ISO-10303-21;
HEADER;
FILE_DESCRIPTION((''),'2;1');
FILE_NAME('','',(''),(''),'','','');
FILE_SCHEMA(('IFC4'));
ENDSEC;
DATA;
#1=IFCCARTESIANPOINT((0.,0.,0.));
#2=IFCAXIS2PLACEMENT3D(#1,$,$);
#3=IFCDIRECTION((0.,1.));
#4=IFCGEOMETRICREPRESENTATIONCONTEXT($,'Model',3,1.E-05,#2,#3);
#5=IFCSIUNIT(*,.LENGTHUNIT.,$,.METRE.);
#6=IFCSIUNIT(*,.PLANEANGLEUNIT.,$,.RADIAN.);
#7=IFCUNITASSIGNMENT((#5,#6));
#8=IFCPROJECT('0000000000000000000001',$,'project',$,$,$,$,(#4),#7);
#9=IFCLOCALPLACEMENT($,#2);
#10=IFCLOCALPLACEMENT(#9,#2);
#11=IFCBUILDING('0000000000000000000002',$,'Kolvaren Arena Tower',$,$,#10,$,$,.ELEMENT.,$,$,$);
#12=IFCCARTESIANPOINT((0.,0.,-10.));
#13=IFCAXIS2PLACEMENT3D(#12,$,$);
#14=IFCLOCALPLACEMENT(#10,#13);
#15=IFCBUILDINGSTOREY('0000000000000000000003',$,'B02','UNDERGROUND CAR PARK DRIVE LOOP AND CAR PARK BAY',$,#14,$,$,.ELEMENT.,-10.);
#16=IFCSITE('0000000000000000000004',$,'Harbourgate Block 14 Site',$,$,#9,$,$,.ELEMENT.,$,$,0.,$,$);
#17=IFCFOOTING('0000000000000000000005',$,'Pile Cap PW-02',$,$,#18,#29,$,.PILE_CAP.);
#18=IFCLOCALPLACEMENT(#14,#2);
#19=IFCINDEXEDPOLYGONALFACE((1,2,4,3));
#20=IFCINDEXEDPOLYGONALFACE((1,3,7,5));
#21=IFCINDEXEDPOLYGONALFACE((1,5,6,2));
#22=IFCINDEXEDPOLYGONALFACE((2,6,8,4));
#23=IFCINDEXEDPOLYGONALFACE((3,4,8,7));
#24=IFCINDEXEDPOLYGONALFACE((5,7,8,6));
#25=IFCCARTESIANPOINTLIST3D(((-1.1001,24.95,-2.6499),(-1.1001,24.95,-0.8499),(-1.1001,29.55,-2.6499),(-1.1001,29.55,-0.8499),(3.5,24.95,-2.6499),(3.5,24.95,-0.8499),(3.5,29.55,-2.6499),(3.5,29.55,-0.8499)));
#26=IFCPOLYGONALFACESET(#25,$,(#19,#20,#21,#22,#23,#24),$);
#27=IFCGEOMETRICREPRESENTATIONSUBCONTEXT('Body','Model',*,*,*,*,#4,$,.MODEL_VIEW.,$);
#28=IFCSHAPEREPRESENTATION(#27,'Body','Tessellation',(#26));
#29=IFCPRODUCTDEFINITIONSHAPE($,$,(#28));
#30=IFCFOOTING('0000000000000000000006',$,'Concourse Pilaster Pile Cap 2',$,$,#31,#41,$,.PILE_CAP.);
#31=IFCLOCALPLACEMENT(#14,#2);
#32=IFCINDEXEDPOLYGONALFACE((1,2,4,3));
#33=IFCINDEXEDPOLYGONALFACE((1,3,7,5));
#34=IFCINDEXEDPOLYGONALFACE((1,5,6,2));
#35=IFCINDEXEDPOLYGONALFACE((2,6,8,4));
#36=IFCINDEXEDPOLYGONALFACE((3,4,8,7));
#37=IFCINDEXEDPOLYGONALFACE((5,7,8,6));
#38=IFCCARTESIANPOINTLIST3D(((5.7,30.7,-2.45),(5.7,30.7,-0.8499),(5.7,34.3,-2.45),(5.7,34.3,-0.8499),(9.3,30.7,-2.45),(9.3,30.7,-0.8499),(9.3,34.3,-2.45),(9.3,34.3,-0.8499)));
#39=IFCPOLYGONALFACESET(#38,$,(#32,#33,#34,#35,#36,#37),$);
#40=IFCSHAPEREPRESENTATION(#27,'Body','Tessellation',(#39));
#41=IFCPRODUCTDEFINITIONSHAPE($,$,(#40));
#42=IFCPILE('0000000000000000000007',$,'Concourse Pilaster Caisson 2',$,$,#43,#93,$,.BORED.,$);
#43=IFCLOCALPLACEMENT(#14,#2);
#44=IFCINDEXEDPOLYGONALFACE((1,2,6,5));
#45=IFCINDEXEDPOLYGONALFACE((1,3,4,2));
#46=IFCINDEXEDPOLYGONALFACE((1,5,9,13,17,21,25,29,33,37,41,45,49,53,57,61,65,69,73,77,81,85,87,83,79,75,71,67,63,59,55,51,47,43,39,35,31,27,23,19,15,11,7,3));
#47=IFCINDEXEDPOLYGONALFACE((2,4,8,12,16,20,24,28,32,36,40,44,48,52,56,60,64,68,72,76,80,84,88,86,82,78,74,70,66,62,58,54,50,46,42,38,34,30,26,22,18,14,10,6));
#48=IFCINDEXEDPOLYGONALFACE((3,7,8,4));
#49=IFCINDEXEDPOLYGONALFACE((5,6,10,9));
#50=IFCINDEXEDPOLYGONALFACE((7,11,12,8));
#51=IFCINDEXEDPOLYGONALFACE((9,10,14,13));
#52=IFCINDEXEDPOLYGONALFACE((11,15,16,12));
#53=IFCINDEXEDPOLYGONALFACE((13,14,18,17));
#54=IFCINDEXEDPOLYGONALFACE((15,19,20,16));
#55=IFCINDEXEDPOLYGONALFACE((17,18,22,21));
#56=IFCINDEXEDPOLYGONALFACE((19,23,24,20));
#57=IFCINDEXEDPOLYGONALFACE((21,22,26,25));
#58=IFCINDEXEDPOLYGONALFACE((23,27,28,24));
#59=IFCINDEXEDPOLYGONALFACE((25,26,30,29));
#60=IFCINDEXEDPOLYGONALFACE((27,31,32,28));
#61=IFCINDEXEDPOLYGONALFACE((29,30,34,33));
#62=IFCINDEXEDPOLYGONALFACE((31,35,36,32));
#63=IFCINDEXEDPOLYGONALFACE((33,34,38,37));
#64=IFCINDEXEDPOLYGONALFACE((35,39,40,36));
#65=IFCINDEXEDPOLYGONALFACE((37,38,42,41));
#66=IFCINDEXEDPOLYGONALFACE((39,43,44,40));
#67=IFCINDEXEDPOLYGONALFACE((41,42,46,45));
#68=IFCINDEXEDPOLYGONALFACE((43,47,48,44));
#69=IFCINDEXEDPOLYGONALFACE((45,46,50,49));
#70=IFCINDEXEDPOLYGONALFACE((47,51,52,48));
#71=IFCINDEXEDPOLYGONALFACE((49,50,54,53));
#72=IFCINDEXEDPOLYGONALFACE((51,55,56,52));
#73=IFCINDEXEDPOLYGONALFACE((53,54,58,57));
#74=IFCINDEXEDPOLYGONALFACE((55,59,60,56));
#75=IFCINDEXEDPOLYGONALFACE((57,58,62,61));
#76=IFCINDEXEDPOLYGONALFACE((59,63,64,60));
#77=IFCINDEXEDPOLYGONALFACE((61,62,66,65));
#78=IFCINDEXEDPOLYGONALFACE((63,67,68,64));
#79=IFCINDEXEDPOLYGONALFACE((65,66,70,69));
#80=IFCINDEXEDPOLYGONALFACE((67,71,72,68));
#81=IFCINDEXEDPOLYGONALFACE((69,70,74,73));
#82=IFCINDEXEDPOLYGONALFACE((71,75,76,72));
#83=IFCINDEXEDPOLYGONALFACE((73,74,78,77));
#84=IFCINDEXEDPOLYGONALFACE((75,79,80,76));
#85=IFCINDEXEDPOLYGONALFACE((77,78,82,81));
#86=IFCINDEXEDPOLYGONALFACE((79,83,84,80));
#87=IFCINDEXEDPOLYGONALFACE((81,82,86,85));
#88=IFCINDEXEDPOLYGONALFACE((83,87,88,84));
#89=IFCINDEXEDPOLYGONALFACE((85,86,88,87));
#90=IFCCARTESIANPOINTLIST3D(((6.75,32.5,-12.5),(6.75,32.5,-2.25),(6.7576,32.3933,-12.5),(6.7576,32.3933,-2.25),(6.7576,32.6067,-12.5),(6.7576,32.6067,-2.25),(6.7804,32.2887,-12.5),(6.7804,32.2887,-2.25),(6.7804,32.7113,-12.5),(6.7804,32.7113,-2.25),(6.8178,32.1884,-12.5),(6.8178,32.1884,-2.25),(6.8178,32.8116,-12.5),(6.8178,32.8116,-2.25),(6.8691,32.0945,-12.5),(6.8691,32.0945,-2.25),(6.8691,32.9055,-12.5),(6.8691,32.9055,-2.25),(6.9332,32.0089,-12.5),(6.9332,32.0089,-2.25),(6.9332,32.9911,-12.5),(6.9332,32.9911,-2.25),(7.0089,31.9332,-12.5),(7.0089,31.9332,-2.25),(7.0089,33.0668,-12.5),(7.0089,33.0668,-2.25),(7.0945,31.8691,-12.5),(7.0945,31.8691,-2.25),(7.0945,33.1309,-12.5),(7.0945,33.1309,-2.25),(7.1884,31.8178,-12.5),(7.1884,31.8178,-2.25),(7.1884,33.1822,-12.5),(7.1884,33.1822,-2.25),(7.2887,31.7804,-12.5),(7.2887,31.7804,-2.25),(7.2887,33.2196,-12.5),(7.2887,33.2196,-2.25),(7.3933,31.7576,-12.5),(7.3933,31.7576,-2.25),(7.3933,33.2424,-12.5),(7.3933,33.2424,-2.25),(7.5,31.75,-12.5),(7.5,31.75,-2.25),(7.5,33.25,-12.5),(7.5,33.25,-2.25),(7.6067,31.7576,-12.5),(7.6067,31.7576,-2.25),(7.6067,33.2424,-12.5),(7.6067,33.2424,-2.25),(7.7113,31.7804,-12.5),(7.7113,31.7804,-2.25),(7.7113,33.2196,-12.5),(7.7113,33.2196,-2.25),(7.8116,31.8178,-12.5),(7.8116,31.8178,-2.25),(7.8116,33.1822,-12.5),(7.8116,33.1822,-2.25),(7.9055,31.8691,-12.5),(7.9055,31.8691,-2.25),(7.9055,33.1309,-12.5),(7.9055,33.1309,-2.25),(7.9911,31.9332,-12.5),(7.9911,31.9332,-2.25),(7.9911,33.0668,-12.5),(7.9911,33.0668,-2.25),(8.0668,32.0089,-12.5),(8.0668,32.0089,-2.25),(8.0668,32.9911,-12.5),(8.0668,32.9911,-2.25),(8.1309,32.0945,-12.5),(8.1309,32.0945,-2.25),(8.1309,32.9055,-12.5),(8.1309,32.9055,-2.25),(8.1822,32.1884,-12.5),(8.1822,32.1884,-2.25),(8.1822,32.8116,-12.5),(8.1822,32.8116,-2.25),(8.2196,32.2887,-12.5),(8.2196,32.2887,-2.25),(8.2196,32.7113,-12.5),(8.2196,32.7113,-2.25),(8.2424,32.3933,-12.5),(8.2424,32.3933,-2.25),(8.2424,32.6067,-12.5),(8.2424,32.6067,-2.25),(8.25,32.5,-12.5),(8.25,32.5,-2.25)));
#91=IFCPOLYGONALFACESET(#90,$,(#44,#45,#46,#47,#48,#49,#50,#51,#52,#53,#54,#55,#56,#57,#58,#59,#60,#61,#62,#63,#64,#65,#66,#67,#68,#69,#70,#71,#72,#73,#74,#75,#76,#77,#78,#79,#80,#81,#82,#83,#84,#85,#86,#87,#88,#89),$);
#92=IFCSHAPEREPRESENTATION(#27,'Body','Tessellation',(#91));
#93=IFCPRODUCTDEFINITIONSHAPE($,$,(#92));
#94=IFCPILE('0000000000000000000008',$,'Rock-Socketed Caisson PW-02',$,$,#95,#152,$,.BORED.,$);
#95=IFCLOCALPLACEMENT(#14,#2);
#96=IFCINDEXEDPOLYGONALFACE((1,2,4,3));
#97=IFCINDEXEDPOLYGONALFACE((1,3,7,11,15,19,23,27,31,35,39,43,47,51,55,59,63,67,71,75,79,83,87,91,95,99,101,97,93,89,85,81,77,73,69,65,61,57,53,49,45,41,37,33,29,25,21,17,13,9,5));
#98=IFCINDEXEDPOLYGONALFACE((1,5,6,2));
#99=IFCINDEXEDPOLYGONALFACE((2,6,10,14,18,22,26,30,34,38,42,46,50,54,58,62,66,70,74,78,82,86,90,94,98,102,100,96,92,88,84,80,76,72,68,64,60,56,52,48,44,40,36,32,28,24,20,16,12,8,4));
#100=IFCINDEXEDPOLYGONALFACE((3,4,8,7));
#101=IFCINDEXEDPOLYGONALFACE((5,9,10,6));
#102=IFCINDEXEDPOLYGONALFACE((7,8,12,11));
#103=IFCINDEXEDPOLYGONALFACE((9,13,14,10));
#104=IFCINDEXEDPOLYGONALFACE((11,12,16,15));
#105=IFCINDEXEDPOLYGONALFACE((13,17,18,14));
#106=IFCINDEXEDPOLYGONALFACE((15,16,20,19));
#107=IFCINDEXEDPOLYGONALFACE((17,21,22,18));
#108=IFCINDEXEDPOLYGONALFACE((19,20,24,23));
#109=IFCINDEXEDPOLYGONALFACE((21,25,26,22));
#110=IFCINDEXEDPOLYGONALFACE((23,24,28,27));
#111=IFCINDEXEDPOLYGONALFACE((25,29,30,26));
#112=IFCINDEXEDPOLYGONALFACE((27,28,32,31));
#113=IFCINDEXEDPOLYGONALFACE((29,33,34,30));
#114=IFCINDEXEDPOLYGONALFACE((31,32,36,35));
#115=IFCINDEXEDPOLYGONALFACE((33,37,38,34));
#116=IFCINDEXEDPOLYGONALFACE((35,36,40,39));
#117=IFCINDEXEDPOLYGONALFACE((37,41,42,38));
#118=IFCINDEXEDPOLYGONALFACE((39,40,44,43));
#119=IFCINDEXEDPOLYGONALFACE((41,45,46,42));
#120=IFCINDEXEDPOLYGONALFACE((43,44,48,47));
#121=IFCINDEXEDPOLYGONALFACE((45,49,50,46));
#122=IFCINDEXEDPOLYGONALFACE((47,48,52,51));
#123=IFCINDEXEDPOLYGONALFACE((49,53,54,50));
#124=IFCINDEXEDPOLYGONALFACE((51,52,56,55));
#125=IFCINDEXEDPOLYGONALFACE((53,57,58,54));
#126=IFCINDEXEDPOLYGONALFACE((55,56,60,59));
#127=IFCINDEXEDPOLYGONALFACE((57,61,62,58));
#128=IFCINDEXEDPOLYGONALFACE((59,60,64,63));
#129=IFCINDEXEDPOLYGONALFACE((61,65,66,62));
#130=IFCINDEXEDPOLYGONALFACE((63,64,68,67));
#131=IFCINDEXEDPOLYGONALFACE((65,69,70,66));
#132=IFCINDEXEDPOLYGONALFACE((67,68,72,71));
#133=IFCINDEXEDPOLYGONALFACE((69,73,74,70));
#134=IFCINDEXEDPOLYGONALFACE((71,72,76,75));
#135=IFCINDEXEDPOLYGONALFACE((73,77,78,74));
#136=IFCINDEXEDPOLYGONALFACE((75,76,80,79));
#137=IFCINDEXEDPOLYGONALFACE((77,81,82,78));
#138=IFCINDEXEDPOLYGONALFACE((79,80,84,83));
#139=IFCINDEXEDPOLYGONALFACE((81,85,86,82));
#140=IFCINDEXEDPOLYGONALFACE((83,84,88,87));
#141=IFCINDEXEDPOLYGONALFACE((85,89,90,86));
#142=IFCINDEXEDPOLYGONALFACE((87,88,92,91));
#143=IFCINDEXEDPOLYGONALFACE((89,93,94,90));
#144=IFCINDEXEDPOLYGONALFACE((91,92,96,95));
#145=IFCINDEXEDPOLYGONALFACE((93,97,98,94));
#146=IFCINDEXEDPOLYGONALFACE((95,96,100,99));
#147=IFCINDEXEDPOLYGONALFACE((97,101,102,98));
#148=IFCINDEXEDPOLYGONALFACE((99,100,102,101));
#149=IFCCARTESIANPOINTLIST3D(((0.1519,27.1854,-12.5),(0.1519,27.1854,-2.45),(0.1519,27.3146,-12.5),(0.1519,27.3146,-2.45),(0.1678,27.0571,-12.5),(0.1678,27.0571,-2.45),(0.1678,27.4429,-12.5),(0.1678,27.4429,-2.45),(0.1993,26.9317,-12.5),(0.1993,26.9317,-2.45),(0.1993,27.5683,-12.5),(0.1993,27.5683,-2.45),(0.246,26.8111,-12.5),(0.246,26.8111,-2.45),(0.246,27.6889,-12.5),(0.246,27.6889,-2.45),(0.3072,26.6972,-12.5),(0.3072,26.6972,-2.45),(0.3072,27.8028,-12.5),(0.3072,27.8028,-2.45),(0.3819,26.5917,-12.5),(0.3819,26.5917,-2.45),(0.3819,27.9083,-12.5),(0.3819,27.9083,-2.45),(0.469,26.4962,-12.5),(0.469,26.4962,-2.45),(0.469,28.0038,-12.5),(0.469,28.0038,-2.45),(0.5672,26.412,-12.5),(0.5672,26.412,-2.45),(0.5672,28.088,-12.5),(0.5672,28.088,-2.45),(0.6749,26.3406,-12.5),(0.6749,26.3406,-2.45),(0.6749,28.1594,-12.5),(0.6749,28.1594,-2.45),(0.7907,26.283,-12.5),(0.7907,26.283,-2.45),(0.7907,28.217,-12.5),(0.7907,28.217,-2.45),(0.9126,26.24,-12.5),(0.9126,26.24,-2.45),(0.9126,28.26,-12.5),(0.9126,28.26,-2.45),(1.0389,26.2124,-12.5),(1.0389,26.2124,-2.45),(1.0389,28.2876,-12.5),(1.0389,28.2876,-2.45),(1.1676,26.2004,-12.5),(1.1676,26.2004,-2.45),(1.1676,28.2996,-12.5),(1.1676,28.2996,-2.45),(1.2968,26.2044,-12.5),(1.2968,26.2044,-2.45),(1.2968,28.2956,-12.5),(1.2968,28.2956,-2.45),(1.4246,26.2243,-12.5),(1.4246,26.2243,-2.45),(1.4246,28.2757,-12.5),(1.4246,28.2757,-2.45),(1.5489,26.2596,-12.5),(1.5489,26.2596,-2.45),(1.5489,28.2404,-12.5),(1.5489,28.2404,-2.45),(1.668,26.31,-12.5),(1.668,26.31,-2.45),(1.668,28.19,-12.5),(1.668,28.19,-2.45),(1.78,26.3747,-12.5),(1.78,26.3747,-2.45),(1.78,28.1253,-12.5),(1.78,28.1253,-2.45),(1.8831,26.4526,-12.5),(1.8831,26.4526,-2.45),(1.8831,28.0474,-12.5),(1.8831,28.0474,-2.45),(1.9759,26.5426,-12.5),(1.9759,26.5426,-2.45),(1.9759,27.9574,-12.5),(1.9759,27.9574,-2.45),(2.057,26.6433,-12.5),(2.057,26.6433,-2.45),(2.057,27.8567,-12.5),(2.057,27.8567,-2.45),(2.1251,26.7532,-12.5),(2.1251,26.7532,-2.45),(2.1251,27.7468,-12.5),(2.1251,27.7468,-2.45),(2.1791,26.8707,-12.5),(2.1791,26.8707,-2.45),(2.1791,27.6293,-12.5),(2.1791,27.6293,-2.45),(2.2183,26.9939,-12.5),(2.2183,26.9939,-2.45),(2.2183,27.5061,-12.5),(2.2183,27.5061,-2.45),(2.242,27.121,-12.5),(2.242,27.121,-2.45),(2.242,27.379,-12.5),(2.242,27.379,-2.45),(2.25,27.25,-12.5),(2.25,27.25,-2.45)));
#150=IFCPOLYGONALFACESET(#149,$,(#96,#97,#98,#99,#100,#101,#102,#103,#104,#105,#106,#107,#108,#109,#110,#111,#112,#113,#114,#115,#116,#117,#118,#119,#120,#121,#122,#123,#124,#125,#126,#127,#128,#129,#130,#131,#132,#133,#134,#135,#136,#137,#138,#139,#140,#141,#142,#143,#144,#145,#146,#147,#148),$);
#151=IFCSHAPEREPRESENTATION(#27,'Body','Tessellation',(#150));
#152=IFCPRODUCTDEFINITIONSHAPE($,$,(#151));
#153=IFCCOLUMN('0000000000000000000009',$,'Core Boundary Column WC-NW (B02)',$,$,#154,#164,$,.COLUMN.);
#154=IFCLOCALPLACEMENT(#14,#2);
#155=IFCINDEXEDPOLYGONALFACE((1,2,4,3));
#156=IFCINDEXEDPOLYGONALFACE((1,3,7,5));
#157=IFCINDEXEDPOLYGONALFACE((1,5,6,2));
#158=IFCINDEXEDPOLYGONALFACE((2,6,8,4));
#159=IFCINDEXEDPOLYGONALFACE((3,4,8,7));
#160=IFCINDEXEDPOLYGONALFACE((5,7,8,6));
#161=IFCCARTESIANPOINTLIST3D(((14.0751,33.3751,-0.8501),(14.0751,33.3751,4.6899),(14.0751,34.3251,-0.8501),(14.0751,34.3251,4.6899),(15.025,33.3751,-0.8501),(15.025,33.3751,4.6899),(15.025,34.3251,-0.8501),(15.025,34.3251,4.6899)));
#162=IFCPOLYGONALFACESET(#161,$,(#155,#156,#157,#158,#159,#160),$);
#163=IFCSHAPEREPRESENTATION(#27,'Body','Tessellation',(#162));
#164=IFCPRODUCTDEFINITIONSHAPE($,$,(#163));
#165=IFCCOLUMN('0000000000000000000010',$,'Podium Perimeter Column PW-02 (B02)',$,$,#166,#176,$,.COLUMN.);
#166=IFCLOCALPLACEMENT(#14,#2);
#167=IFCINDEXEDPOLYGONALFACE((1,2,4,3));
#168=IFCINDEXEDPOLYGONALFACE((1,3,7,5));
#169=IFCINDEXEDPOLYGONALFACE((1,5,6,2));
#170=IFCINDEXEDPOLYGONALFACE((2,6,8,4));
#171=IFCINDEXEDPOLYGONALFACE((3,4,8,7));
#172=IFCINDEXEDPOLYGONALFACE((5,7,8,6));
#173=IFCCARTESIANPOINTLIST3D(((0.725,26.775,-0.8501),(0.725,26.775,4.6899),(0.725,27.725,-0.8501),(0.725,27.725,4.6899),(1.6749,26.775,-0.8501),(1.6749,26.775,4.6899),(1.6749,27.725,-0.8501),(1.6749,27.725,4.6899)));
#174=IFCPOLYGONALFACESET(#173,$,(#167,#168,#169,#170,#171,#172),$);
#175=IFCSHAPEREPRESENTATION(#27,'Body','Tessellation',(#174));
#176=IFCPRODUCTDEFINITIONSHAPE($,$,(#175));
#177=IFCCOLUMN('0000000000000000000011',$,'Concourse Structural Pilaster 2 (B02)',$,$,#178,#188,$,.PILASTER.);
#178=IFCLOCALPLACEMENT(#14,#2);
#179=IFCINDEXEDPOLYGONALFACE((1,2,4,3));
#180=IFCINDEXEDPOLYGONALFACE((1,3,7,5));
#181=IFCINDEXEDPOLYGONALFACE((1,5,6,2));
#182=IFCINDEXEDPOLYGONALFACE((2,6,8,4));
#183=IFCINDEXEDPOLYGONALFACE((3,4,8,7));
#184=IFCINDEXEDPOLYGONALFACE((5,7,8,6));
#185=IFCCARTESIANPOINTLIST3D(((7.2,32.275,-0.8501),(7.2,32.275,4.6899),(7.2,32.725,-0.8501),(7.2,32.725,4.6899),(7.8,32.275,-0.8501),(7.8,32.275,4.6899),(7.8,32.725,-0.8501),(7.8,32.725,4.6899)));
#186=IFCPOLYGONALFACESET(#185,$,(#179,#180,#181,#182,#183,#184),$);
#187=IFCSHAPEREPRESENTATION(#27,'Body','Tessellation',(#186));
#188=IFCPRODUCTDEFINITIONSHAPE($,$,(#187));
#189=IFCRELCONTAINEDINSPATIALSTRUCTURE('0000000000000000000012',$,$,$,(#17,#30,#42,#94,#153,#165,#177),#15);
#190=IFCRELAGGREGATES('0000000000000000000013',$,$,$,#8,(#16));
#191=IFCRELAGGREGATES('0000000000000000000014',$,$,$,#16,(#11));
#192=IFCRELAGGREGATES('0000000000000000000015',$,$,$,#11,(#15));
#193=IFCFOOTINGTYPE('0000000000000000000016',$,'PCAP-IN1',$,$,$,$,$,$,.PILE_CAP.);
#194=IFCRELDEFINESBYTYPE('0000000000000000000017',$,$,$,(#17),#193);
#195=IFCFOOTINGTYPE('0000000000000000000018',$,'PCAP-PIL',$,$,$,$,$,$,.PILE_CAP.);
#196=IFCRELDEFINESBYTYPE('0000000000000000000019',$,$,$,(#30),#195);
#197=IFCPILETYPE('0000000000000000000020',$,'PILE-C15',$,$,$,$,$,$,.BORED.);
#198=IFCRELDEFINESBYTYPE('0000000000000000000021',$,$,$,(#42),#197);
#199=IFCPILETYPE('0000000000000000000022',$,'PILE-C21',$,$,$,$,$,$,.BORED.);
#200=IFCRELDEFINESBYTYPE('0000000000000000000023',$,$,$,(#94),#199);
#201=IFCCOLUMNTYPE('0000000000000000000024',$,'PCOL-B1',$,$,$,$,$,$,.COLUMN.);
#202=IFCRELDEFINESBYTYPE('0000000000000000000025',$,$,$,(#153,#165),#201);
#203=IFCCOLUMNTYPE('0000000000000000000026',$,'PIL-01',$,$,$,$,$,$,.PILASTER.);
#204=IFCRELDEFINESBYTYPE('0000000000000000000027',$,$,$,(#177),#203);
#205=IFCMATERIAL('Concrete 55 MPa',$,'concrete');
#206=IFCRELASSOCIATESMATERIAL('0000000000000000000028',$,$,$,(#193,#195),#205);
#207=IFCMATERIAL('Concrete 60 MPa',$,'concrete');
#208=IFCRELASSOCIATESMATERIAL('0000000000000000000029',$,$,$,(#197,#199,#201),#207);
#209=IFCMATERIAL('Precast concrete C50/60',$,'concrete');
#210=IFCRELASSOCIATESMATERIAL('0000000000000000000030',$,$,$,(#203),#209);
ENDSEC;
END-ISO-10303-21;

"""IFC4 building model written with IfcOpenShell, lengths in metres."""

from ifc_helpers import new_model, si_unit, direction, frame, origin, origin_2d, place, context, subcontext, project, spatial, rectangle, circle, extrude, material, material_profile, profile_set, type_object, element, save


model = new_model("IFC4")

# Units and contexts
model_context = context("Model", 3, precision=1e-05, world=origin(), true_north=direction((0.0, 1.0)))
body_context = subcontext(model_context, "Body", "Model", "MODEL_VIEW")
ifc_project = project(units=[si_unit("LENGTHUNIT", "METRE"), si_unit("PLANEANGLEUNIT", "RADIAN")], contexts=[model_context])

# Site, building, storey
site_placement = place(None, origin())
site = spatial("IfcSite", under=ifc_project, at=site_placement, Name="Harbourgate Block 14 Site", CompositionType="ELEMENT", RefElevation=0.0)
building_placement = place(site_placement, origin())
building = spatial("IfcBuilding", under=site, at=building_placement, Name="Kolvaren Arena Tower", CompositionType="ELEMENT")
storey_placement = place(building_placement, frame((0.0, 0.0, -10.0)))
storey = spatial("IfcBuildingStorey", under=building, at=storey_placement, Name="B02", Description="UNDERGROUND CAR PARK DRIVE LOOP AND CAR PARK BAY", CompositionType="ELEMENT", Elevation=-10.0)

# Footings
ifc_material_1 = material(Name="Concrete 55 MPa", Category="concrete")
footing_type_1 = type_object("IfcFootingType", Name="PCAP-IN1", PredefinedType="PILE_CAP", material=ifc_material_1)
footing_1_placement = place(storey_placement, frame((1.2, 27.25, -2.6499), z_axis=(0.0, 0.0, 1.0), x_axis=(1.0, 0.0, 0.0)))
element("IfcFooting", 1, at=footing_1_placement, inside=storey, type_object=footing_type_1, Name="Pile Cap PW-02", PredefinedType="PILE_CAP", context=body_context, shape_type="SweptSolid", body=[
    extrude(rectangle(XDim=4.6001, YDim=4.6001, at=origin_2d()), origin(), (0.0, 0.0, 1.0), 1.8),
])
footing_type_2 = type_object("IfcFootingType", Name="PCAP-PIL", PredefinedType="PILE_CAP", material=ifc_material_1)
footing_2_placement = place(storey_placement, frame((7.5, 32.5, -2.45), z_axis=(0.0, 0.0, 1.0), x_axis=(1.0, 0.0, 0.0)))
element("IfcFooting", 2, at=footing_2_placement, inside=storey, type_object=footing_type_2, Name="Concourse Pilaster Pile Cap 2", PredefinedType="PILE_CAP", context=body_context, shape_type="SweptSolid", body=[
    extrude(rectangle(XDim=3.6001, YDim=3.6001, at=origin_2d()), origin(), (0.0, 0.0, 1.0), 1.6001),
])

# Piles
ifc_material_2 = material(Name="Concrete 60 MPa", Category="concrete")
ifc_material_profile_1 = material_profile(ifc_material_2, circle(Radius=0.75, at=origin_2d()), Name="CAISSON-D1500")
ifc_profile_set_1 = profile_set([ifc_material_profile_1], Name="Concrete 60 MPa")
pile_type_1 = type_object("IfcPileType", Name="PILE-C15", PredefinedType="BORED", material=ifc_profile_set_1)
pile_1_placement = place(storey_placement, frame((7.5, 32.5, -2.25), z_axis=(0.0, 0.0, -1.0), x_axis=(1.0, 0.0, 0.0)))
element("IfcPile", 3, at=pile_1_placement, inside=storey, type_object=pile_type_1, Name="Concourse Pilaster Caisson 2", PredefinedType="BORED", context=body_context, shape_type="SweptSolid", body=[
    extrude(circle(Radius=0.75, at=origin_2d()), origin(), (0.0, 0.0, 1.0), 10.25),
])
ifc_material_profile_2 = material_profile(ifc_material_2, circle(Radius=1.05, at=origin_2d()), Name="CAISSON-D2100")
ifc_profile_set_2 = profile_set([ifc_material_profile_2], Name="Concrete 60 MPa")
pile_type_2 = type_object("IfcPileType", Name="PILE-C21", PredefinedType="BORED", material=ifc_profile_set_2)
pile_2_placement = place(storey_placement, frame((1.2, 27.25, -2.45), z_axis=(0.0, 0.0, -1.0), x_axis=(1.0, 0.0, 0.0)))
element("IfcPile", 4, at=pile_2_placement, inside=storey, type_object=pile_type_2, Name="Rock-Socketed Caisson PW-02", PredefinedType="BORED", context=body_context, shape_type="SweptSolid", body=[
    extrude(circle(Radius=1.05, at=origin_2d()), origin(), (0.0, 0.0, 1.0), 10.05),
])

# Columns
ifc_material_profile_3 = material_profile(ifc_material_2, rectangle(XDim=0.95, YDim=0.95, at=origin_2d()), Name="RC-950x950")
ifc_profile_set_3 = profile_set([ifc_material_profile_3], Name="Concrete 60 MPa")
column_type_1 = type_object("IfcColumnType", Name="PCOL-B1", PredefinedType="COLUMN", material=ifc_profile_set_3)
for number, where, z_axis, x_axis, name in (
    (5, (14.55, 33.8501, -0.8501), (0.0, 0.0, 1.0), (1.0, 0.0, 0.0), "Core Boundary Column WC-NW (B02)"),
    (6, (1.2, 27.25, -0.8501), (0.0, 0.0, 1.0), (1.0, 0.0, 0.0), "Podium Perimeter Column PW-02 (B02)"),
):
    element("IfcColumn", number, at=place(storey_placement, frame(where, z_axis=z_axis, x_axis=x_axis)), inside=storey, type_object=column_type_1, Name=name, PredefinedType="COLUMN", context=body_context, shape_type="SweptSolid", body=[
        extrude(rectangle(XDim=0.95, YDim=0.95, at=origin_2d()), origin(), (0.0, 0.0, 1.0), 5.54),
    ])
ifc_material_3 = material(Name="Precast concrete C50/60", Category="concrete")
ifc_material_profile_4 = material_profile(ifc_material_3, rectangle(XDim=0.6001, YDim=0.45, at=origin_2d()), Name="RC-600x450")
ifc_profile_set_4 = profile_set([ifc_material_profile_4], Name="Precast concrete C50/60")
column_type_2 = type_object("IfcColumnType", Name="PIL-01", PredefinedType="PILASTER", material=ifc_profile_set_4)
column_placement = place(storey_placement, frame((7.5, 32.5, -0.8501), z_axis=(0.0, 0.0, 1.0), x_axis=(1.0, 0.0, 0.0)))
element("IfcColumn", 7, at=column_placement, inside=storey, type_object=column_type_2, Name="Concourse Structural Pilaster 2 (B02)", PredefinedType="PILASTER", context=body_context, shape_type="SweptSolid", body=[
    extrude(rectangle(XDim=0.6001, YDim=0.45, at=origin_2d()), origin(), (0.0, 0.0, 1.0), 5.54),
])

save(model, "model.ifc")
